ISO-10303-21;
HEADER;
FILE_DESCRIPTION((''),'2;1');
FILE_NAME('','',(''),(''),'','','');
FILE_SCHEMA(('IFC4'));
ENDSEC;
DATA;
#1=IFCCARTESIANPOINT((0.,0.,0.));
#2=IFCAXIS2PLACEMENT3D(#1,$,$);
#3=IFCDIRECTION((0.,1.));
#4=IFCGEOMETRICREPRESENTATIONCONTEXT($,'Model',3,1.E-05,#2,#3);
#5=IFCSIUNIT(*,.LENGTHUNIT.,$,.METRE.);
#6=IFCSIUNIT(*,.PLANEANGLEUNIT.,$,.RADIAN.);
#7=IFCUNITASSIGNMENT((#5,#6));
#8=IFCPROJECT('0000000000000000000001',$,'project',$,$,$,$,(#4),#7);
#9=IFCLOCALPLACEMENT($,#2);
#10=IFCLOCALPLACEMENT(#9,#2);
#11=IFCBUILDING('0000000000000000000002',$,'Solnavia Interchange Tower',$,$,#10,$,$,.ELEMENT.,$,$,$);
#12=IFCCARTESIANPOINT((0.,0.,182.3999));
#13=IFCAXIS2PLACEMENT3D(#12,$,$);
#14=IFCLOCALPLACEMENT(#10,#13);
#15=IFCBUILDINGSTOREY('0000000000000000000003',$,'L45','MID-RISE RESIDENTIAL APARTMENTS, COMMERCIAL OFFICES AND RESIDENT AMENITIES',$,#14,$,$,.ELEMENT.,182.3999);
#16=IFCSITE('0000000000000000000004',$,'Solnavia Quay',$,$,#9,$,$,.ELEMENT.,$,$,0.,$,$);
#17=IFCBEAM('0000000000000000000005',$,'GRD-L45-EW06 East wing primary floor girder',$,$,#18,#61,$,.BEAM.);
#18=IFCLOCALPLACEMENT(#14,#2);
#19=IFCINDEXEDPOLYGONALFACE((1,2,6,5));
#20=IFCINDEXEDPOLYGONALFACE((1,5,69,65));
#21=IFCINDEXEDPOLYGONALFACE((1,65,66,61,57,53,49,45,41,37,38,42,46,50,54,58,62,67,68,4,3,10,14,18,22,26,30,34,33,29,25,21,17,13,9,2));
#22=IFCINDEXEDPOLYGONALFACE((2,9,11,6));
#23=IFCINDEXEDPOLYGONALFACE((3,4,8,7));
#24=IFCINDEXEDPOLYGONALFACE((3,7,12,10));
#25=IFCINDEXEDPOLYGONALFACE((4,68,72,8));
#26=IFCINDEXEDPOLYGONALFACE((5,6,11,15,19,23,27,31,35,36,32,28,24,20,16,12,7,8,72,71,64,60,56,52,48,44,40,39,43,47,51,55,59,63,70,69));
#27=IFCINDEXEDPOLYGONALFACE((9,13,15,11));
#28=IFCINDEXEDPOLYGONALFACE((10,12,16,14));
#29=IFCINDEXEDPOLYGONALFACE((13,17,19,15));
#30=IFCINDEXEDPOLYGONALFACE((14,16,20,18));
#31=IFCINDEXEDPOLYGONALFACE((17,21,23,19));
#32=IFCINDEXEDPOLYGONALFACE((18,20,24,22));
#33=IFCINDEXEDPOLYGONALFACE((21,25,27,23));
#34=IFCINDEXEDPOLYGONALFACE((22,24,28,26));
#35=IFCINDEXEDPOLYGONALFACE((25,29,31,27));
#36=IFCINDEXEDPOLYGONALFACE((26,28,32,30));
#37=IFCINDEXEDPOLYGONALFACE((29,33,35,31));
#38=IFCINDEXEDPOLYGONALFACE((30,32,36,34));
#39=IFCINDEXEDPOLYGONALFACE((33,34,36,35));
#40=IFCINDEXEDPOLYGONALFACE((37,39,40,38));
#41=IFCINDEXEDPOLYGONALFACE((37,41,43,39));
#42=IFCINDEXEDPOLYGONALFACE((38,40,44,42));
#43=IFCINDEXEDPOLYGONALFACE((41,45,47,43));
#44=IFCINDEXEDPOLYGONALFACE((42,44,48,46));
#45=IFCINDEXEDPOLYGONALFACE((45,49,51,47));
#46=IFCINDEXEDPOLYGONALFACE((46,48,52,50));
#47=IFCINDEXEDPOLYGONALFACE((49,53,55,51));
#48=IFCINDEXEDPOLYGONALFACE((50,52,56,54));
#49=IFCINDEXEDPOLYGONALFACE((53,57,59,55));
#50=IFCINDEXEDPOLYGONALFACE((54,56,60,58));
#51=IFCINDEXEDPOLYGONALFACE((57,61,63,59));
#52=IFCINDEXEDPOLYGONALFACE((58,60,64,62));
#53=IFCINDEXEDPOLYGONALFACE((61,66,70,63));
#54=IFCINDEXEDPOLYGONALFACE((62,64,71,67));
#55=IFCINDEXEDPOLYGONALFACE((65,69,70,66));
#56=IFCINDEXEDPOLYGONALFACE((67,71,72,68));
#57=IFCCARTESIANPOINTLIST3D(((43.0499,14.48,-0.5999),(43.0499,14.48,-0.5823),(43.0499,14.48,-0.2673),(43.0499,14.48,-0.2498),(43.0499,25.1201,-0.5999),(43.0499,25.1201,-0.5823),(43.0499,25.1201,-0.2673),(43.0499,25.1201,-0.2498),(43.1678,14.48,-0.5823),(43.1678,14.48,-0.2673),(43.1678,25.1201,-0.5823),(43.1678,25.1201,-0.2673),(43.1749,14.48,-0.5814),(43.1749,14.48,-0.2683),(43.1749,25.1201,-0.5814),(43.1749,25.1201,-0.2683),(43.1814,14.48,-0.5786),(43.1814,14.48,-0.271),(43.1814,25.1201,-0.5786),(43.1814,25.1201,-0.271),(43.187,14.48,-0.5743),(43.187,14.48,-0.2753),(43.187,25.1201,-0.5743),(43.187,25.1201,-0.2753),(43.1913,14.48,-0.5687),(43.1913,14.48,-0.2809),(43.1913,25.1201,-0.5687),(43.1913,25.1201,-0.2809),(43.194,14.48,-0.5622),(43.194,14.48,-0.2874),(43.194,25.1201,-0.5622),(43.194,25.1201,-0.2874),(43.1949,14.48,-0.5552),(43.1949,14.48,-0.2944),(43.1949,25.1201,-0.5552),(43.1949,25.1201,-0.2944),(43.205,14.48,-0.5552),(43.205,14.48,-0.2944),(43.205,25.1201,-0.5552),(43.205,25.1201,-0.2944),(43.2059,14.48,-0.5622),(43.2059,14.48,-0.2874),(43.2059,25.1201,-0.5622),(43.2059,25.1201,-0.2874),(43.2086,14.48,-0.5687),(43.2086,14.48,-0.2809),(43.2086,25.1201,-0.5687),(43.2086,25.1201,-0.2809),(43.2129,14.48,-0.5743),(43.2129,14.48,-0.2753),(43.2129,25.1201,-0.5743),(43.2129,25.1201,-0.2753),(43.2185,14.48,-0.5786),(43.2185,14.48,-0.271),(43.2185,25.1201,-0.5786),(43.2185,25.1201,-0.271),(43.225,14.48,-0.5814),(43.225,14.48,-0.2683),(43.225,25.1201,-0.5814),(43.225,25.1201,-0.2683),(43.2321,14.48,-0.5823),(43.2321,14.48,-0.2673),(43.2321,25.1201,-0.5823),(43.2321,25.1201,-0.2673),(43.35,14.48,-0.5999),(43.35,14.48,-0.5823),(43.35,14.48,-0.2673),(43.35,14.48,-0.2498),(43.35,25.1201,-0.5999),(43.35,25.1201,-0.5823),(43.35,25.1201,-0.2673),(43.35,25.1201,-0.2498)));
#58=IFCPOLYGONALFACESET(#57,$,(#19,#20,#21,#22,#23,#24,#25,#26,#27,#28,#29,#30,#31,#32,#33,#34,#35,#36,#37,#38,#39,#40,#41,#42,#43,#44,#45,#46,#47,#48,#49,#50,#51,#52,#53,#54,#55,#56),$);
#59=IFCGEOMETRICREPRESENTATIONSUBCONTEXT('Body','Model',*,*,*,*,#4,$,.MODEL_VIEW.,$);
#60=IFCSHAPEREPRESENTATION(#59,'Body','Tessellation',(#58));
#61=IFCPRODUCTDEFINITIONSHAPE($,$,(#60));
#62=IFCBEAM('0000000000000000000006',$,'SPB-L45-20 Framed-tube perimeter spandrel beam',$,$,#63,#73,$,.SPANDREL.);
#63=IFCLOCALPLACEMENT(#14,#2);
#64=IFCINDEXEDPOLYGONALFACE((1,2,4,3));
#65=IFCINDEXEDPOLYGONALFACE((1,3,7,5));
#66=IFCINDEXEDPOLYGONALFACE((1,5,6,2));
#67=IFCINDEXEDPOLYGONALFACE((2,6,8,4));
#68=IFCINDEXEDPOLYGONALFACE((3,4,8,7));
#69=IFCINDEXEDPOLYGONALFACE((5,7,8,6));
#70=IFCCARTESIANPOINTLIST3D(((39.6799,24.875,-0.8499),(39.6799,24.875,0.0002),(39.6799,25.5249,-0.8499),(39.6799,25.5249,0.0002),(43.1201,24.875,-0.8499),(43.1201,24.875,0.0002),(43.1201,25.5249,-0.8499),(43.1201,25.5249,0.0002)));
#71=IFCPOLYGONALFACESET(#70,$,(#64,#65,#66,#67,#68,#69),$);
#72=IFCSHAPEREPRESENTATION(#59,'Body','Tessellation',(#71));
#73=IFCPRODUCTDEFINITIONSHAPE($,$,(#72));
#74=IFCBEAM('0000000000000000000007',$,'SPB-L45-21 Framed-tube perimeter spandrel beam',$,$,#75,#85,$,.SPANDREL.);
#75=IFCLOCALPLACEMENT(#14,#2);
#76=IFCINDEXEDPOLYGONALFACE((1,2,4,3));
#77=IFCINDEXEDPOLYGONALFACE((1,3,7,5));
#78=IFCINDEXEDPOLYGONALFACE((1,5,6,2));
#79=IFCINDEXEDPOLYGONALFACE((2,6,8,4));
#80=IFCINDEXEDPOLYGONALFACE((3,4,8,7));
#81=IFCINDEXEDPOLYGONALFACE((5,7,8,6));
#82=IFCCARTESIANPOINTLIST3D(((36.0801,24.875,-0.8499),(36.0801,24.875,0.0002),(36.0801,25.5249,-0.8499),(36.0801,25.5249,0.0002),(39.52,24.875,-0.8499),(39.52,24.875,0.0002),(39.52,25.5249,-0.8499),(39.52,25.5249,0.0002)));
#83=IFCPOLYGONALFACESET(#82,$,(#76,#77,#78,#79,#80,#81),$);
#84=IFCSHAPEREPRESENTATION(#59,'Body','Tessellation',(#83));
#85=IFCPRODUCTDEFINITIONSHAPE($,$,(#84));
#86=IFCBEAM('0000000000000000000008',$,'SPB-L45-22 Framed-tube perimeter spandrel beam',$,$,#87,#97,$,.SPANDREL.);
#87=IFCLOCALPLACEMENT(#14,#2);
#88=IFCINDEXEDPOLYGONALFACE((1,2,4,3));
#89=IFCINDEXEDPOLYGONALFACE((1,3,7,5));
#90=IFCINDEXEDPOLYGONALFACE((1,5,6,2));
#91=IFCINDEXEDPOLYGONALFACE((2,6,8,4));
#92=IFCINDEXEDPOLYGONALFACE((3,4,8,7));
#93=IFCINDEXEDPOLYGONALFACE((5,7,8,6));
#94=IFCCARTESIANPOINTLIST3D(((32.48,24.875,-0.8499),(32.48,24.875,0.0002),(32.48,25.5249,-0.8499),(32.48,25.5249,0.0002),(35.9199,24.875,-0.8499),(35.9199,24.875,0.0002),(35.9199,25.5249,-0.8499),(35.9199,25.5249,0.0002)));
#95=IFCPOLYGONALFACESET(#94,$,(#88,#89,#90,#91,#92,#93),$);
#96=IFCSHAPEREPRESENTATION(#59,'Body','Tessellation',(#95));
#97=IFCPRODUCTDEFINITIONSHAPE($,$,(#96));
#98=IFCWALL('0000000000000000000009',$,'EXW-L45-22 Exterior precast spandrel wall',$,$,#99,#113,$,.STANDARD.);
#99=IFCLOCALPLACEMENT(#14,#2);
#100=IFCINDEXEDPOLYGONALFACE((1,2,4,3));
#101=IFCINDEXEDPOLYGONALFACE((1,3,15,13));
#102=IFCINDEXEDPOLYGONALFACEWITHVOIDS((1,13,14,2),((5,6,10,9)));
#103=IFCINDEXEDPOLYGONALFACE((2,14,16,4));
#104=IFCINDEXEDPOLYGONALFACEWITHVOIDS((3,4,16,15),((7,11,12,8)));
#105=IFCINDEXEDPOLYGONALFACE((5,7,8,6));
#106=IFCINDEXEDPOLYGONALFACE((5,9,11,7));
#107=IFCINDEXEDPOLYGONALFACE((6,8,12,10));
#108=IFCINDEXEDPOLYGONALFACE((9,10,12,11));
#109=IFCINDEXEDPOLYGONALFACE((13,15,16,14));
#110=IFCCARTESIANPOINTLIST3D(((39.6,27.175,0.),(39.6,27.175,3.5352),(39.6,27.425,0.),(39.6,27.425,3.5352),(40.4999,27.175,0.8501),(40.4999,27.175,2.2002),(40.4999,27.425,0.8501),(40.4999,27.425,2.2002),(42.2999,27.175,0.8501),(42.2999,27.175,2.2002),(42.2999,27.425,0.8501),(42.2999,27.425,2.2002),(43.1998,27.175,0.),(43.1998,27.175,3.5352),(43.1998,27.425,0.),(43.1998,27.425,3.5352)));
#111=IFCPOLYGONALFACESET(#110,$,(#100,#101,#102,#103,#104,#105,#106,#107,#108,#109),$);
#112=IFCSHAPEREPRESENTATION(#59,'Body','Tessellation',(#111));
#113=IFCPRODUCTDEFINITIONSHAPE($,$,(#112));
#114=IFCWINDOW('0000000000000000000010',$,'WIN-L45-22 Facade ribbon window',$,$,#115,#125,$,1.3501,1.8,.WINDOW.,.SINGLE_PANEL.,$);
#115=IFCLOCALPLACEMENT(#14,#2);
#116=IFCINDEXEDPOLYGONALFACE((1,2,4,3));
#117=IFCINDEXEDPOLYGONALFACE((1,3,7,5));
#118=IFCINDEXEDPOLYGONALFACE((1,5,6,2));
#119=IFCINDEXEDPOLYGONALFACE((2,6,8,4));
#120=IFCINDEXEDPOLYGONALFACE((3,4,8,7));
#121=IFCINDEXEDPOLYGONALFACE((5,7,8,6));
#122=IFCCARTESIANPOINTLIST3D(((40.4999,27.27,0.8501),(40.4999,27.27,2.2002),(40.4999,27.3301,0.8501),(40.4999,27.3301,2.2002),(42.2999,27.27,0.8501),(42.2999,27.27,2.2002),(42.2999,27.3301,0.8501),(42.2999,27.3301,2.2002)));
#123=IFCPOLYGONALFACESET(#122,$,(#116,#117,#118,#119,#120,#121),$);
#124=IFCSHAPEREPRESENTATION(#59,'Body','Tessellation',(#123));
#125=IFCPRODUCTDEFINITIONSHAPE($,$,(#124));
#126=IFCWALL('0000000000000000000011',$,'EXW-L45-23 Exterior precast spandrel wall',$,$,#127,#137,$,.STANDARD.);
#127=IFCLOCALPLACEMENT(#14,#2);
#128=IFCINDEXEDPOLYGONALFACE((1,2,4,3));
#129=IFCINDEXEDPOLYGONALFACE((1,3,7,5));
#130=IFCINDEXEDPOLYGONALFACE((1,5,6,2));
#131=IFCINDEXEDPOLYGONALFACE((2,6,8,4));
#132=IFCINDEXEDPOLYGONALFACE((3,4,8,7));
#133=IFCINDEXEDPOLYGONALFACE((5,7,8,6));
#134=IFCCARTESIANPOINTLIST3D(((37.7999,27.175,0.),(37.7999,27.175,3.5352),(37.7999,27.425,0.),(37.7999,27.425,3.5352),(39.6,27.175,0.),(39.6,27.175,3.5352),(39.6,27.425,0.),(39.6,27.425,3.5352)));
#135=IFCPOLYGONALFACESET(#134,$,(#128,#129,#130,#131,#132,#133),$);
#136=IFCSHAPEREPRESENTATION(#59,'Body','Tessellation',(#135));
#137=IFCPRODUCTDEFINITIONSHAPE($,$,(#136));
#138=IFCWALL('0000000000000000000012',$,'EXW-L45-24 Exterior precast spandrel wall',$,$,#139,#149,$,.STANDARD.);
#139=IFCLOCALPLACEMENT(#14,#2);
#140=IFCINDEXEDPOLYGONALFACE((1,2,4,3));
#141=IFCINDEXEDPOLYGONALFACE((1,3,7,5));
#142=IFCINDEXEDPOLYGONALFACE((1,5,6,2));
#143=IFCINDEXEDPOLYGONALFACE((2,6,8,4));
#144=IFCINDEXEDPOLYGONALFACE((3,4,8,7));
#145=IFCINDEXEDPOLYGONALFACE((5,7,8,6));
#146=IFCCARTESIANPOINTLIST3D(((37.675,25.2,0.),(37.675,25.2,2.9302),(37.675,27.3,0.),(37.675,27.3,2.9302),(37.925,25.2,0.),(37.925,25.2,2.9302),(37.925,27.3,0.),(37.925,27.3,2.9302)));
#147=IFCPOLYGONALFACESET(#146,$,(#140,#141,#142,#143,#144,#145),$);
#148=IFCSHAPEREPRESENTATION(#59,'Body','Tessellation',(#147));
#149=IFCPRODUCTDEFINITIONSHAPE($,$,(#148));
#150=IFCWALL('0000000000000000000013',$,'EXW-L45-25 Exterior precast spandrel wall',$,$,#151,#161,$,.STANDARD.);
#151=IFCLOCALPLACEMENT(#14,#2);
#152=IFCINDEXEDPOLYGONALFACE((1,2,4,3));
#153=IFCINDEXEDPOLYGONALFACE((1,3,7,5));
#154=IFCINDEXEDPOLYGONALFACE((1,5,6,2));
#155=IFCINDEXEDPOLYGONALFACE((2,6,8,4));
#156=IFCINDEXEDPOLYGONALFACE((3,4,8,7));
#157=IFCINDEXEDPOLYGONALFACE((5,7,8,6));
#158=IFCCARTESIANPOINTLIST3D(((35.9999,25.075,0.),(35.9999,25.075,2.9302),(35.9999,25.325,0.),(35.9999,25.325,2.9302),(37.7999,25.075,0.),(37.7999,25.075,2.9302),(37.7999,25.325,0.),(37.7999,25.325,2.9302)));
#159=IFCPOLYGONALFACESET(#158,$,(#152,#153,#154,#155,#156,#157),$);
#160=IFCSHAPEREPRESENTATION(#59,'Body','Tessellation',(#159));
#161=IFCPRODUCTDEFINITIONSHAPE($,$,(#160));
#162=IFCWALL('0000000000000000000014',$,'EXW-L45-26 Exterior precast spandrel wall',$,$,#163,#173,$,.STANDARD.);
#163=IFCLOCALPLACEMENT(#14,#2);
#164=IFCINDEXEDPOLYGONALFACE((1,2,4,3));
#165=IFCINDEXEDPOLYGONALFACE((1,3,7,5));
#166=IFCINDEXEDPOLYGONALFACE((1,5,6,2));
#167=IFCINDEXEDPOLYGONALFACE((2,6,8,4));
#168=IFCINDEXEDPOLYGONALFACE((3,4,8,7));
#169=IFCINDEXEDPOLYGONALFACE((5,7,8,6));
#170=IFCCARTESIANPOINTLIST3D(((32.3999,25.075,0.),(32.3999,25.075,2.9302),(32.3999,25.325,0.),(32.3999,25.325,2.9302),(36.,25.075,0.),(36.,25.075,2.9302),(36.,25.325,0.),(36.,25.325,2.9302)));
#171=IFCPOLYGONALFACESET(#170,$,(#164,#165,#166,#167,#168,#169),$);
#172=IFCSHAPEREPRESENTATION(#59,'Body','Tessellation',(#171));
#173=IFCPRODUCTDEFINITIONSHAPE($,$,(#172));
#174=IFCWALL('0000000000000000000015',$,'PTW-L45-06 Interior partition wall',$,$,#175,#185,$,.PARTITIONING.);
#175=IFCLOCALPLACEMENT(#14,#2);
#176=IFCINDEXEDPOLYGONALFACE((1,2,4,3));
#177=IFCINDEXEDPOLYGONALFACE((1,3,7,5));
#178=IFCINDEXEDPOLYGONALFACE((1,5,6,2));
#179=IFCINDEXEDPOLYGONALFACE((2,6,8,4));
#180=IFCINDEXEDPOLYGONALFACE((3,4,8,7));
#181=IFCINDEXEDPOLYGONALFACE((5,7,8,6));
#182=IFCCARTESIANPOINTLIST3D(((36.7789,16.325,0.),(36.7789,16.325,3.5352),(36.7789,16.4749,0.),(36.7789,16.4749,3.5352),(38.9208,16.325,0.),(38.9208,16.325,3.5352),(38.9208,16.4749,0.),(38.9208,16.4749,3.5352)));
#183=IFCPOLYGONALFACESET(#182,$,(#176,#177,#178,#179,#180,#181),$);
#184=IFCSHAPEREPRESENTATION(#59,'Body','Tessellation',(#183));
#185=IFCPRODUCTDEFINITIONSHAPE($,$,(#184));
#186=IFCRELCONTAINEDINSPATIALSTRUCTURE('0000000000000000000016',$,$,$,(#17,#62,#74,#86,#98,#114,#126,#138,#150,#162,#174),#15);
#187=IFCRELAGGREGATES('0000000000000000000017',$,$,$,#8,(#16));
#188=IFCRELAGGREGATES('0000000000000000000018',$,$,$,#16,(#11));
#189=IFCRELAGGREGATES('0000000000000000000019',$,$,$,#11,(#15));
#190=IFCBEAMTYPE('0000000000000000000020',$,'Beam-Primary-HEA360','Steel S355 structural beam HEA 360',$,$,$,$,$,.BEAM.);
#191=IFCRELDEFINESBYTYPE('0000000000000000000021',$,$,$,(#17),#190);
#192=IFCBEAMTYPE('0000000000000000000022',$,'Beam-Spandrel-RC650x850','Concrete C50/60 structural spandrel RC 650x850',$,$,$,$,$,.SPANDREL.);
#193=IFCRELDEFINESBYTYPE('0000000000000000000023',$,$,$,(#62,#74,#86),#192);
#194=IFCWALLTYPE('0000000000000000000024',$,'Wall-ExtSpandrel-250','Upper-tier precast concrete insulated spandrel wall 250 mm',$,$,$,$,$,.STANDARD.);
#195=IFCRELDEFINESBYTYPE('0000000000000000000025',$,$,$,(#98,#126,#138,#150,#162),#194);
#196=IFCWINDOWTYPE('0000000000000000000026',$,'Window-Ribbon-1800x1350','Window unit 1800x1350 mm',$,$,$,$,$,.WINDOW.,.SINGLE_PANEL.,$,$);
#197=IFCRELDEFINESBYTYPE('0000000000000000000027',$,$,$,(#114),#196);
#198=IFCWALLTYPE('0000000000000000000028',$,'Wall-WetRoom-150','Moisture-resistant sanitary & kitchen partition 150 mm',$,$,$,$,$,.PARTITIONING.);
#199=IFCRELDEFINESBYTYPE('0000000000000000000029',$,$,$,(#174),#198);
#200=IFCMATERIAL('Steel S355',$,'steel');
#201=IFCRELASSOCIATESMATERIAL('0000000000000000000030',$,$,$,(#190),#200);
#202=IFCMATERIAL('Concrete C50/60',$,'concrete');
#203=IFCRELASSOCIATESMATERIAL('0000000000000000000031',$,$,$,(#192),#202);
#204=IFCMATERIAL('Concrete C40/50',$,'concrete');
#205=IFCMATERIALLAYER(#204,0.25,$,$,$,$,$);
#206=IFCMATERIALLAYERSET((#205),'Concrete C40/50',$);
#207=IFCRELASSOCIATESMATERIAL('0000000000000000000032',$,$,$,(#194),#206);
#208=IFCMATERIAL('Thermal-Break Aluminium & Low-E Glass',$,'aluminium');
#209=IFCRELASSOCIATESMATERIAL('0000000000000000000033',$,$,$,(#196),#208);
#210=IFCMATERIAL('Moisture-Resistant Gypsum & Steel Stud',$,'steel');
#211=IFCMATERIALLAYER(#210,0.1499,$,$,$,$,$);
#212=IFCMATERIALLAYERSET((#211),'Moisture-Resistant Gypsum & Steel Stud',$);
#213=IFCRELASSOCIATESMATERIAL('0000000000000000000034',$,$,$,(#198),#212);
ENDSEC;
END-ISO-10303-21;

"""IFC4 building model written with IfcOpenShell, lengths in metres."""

from ifc_helpers import new_model, si_unit, direction, frame, frame_2d, origin, origin_2d, place, context, subcontext, project, spatial, rectangle, i_section, extrude, material, layer, layer_set, material_profile, profile_set, type_object, element, fill, save


model = new_model("IFC4")

# Units and contexts
model_context = context("Model", 3, precision=1e-05, world=origin(), true_north=direction((0.0, 1.0)))
body_context = subcontext(model_context, "Body", "Model", "MODEL_VIEW")
ifc_project = project(units=[si_unit("LENGTHUNIT", "METRE"), si_unit("PLANEANGLEUNIT", "RADIAN")], contexts=[model_context])

# Site, building, storey
site_placement = place(None, origin())
site = spatial("IfcSite", under=ifc_project, at=site_placement, Name="Solnavia Quay", CompositionType="ELEMENT", RefElevation=0.0)
building_placement = place(site_placement, origin())
building = spatial("IfcBuilding", under=site, at=building_placement, Name="Solnavia Interchange Tower", CompositionType="ELEMENT")
storey_placement = place(building_placement, frame((0.0, 0.0, 182.3999)))
storey = spatial("IfcBuildingStorey", under=building, at=storey_placement, Name="L45", Description="MID-RISE RESIDENTIAL APARTMENTS, COMMERCIAL OFFICES AND RESIDENT AMENITIES", CompositionType="ELEMENT", Elevation=182.3999)

# Shared definitions
ifc_material_1 = material(Name="Concrete C50/60", Category="concrete")
ifc_material_2 = material(Name="Steel S355", Category="steel")

# Beams
ifc_material_profile_1 = material_profile(ifc_material_2, i_section(OverallWidth=0.3, OverallDepth=0.3501, WebThickness=0.01, FlangeThickness=0.0176, FilletRadius=0.0271, at=origin_2d()), Name="HEA 360")
ifc_profile_set_1 = profile_set([ifc_material_profile_1], Name="Steel S355")
beam_type_1 = type_object("IfcBeamType", Name="Beam-Primary-HEA360", Description="Steel S355 structural beam HEA 360", PredefinedType="BEAM", material=ifc_profile_set_1)
beam_1_placement = place(storey_placement, frame((43.2, 14.48, -0.4248), z_axis=(0.0, 1.0, 0.0), x_axis=(-1.0, 0.0, 0.0)))
element("IfcBeam", 1, at=beam_1_placement, inside=storey, type_object=beam_type_1, Name="GRD-L45-EW06 East wing primary floor girder", PredefinedType="BEAM", context=body_context, shape_type="SweptSolid", body=[
    extrude(i_section(OverallWidth=0.3, OverallDepth=0.3501, WebThickness=0.01, FlangeThickness=0.0176, FilletRadius=0.0271, at=origin_2d()), origin(), (0.0, 0.0, 1.0), 10.6401),
])
ifc_material_profile_2 = material_profile(ifc_material_1, rectangle(XDim=0.6499, YDim=0.8501, at=origin_2d()), Name="RC 650x850")
ifc_profile_set_2 = profile_set([ifc_material_profile_2], Name="Concrete C50/60")
beam_type_2 = type_object("IfcBeamType", Name="Beam-Spandrel-RC650x850", Description="Concrete C50/60 structural spandrel RC 650x850", PredefinedType="SPANDREL", material=ifc_profile_set_2)
beam_2_placement = place(storey_placement, frame((43.1201, 25.2, -0.4248), z_axis=(-1.0, 0.0, 0.0), x_axis=(0.0, -1.0, 0.0)))
element("IfcBeam", 2, at=beam_2_placement, inside=storey, type_object=beam_type_2, Name="SPB-L45-20 Framed-tube perimeter spandrel beam", PredefinedType="SPANDREL", context=body_context, shape_type="SweptSolid", body=[
    extrude(rectangle(XDim=0.6499, YDim=0.8501, at=origin_2d()), origin(), (0.0, 0.0, 1.0), 3.4402),
])
for number, where, z_axis, x_axis, name in (
    (3, (39.52, 25.2, -0.4248), (-1.0, 0.0, 0.0), (0.0, -1.0, 0.0), "SPB-L45-21 Framed-tube perimeter spandrel beam"),
    (4, (35.9199, 25.2, -0.4248), (-1.0, 0.0, 0.0), (0.0, -1.0, 0.0), "SPB-L45-22 Framed-tube perimeter spandrel beam"),
):
    element("IfcBeam", number, at=place(storey_placement, frame(where, z_axis=z_axis, x_axis=x_axis)), inside=storey, type_object=beam_type_2, Name=name, PredefinedType="SPANDREL", context=body_context, shape_type="SweptSolid", body=[
        extrude(rectangle(XDim=0.6499, YDim=0.8501, at=origin_2d()), origin(), (0.0, 0.0, 1.0), 3.4399),
    ])

# Wall, opening, window
ifc_material_3 = material(Name="Concrete C40/50", Category="concrete")
ifc_layer_1 = layer(ifc_material_3, 0.25)
ifc_layer_set_1 = layer_set([ifc_layer_1], Name="Concrete C40/50")
wall_type_1 = type_object("IfcWallType", Name="Wall-ExtSpandrel-250", Description="Upper-tier precast concrete insulated spandrel wall 250 mm", PredefinedType="STANDARD", material=ifc_layer_set_1)
wall_1_placement = place(storey_placement, frame((39.6001, 27.3, 0.0), z_axis=(0.0, 0.0, 1.0), x_axis=(1.0, 0.0, 0.0)))
wall_1 = element("IfcWall", 5, at=wall_1_placement, inside=storey, type_object=wall_type_1, Name="EXW-L45-22 Exterior precast spandrel wall", PredefinedType="STANDARD", context=body_context, shape_type="SweptSolid", body=[
    extrude(rectangle(XDim=3.5999, YDim=0.25, at=frame_2d((1.7998, 0.0))), origin(), (0.0, 0.0, 1.0), 3.5352),
])
opening_placement = place(wall_1_placement, frame((0.8999, 0.0, 0.8501)))
opening = element("IfcOpeningElement", 6, at=opening_placement, cuts=wall_1, PredefinedType="OPENING", context=body_context, shape_type="SweptSolid", body=[
    extrude(rectangle(XDim=1.8, YDim=1.3501, at=frame_2d((0.8999, 0.675))), frame((0.0, 0.135, 0.0), z_axis=(0.0, -1.0, 0.0), x_axis=(1.0, 0.0, 0.0)), (0.0, 0.0, 1.0), 0.27),
])
ifc_material_4 = material(Name="Thermal-Break Aluminium & Low-E Glass", Category="aluminium")
window_type = type_object("IfcWindowType", Name="Window-Ribbon-1800x1350", Description="Window unit 1800x1350 mm", PartitioningType="SINGLE_PANEL", PredefinedType="WINDOW", material=ifc_material_4)
window_placement = place(opening_placement, origin())
window = element("IfcWindow", 7, at=window_placement, inside=storey, type_object=window_type, Name="WIN-L45-22 Facade ribbon window", OverallHeight=1.3501, OverallWidth=1.8, PartitioningType="SINGLE_PANEL", PredefinedType="WINDOW", context=body_context, shape_type="SweptSolid", body=[
    extrude(rectangle(XDim=1.8, YDim=1.3501, at=frame_2d((0.8999, 0.675))), frame((0.0, 0.03, 0.0), z_axis=(0.0, -1.0, 0.0), x_axis=(1.0, 0.0, 0.0)), (0.0, 0.0, 1.0), 0.0601),
])
fill(opening, window)

# Walls
wall_2_placement = place(storey_placement, frame((37.8, 27.3, 0.0), z_axis=(0.0, 0.0, 1.0), x_axis=(1.0, 0.0, 0.0)))
element("IfcWall", 8, at=wall_2_placement, inside=storey, type_object=wall_type_1, Name="EXW-L45-23 Exterior precast spandrel wall", PredefinedType="STANDARD", context=body_context, shape_type="SweptSolid", body=[
    extrude(rectangle(XDim=1.8, YDim=0.25, at=frame_2d((0.8999, 0.0))), origin(), (0.0, 0.0, 1.0), 3.5352),
])
wall_3_placement = place(storey_placement, frame((37.8, 27.3, 0.0), z_axis=(0.0, 0.0, 1.0), x_axis=(0.0, -1.0, 0.0)))
element("IfcWall", 9, at=wall_3_placement, inside=storey, type_object=wall_type_1, Name="EXW-L45-24 Exterior precast spandrel wall", PredefinedType="STANDARD", context=body_context, shape_type="SweptSolid", body=[
    extrude(rectangle(XDim=2.1001, YDim=0.25, at=frame_2d((1.05, 0.0))), origin(), (0.0, 0.0, 1.0), 2.9302),
])
wall_4_placement = place(storey_placement, frame((36.0, 25.2, 0.0), z_axis=(0.0, 0.0, 1.0), x_axis=(1.0, 0.0, 0.0)))
element("IfcWall", 10, at=wall_4_placement, inside=storey, type_object=wall_type_1, Name="EXW-L45-25 Exterior precast spandrel wall", PredefinedType="STANDARD", context=body_context, shape_type="SweptSolid", body=[
    extrude(rectangle(XDim=1.8, YDim=0.25, at=frame_2d((0.8999, 0.0))), origin(), (0.0, 0.0, 1.0), 2.9302),
])
wall_5_placement = place(storey_placement, frame((32.3999, 25.2, 0.0), z_axis=(0.0, 0.0, 1.0), x_axis=(1.0, 0.0, 0.0)))
element("IfcWall", 11, at=wall_5_placement, inside=storey, type_object=wall_type_1, Name="EXW-L45-26 Exterior precast spandrel wall", PredefinedType="STANDARD", context=body_context, shape_type="SweptSolid", body=[
    extrude(rectangle(XDim=3.6001, YDim=0.25, at=frame_2d((1.8, 0.0))), origin(), (0.0, 0.0, 1.0), 2.9302),
])
ifc_material_5 = material(Name="Moisture-Resistant Gypsum & Steel Stud", Category="steel")
ifc_layer_2 = layer(ifc_material_5, 0.1499)
ifc_layer_set_2 = layer_set([ifc_layer_2], Name="Moisture-Resistant Gypsum & Steel Stud")
wall_type_2 = type_object("IfcWallType", Name="Wall-WetRoom-150", Description="Moisture-resistant sanitary & kitchen partition 150 mm", PredefinedType="PARTITIONING", material=ifc_layer_set_2)
wall_6_placement = place(storey_placement, frame((36.7791, 16.3999, 0.0), z_axis=(0.0, 0.0, 1.0), x_axis=(1.0, 0.0, 0.0)))
element("IfcWall", 12, at=wall_6_placement, inside=storey, type_object=wall_type_2, Name="PTW-L45-06 Interior partition wall", PredefinedType="PARTITIONING", context=body_context, shape_type="SweptSolid", body=[
    extrude(rectangle(XDim=2.1418, YDim=0.1499, at=frame_2d((1.0708, 0.0))), origin(), (0.0, 0.0, 1.0), 3.5352),
])

save(model, "model.ifc")
